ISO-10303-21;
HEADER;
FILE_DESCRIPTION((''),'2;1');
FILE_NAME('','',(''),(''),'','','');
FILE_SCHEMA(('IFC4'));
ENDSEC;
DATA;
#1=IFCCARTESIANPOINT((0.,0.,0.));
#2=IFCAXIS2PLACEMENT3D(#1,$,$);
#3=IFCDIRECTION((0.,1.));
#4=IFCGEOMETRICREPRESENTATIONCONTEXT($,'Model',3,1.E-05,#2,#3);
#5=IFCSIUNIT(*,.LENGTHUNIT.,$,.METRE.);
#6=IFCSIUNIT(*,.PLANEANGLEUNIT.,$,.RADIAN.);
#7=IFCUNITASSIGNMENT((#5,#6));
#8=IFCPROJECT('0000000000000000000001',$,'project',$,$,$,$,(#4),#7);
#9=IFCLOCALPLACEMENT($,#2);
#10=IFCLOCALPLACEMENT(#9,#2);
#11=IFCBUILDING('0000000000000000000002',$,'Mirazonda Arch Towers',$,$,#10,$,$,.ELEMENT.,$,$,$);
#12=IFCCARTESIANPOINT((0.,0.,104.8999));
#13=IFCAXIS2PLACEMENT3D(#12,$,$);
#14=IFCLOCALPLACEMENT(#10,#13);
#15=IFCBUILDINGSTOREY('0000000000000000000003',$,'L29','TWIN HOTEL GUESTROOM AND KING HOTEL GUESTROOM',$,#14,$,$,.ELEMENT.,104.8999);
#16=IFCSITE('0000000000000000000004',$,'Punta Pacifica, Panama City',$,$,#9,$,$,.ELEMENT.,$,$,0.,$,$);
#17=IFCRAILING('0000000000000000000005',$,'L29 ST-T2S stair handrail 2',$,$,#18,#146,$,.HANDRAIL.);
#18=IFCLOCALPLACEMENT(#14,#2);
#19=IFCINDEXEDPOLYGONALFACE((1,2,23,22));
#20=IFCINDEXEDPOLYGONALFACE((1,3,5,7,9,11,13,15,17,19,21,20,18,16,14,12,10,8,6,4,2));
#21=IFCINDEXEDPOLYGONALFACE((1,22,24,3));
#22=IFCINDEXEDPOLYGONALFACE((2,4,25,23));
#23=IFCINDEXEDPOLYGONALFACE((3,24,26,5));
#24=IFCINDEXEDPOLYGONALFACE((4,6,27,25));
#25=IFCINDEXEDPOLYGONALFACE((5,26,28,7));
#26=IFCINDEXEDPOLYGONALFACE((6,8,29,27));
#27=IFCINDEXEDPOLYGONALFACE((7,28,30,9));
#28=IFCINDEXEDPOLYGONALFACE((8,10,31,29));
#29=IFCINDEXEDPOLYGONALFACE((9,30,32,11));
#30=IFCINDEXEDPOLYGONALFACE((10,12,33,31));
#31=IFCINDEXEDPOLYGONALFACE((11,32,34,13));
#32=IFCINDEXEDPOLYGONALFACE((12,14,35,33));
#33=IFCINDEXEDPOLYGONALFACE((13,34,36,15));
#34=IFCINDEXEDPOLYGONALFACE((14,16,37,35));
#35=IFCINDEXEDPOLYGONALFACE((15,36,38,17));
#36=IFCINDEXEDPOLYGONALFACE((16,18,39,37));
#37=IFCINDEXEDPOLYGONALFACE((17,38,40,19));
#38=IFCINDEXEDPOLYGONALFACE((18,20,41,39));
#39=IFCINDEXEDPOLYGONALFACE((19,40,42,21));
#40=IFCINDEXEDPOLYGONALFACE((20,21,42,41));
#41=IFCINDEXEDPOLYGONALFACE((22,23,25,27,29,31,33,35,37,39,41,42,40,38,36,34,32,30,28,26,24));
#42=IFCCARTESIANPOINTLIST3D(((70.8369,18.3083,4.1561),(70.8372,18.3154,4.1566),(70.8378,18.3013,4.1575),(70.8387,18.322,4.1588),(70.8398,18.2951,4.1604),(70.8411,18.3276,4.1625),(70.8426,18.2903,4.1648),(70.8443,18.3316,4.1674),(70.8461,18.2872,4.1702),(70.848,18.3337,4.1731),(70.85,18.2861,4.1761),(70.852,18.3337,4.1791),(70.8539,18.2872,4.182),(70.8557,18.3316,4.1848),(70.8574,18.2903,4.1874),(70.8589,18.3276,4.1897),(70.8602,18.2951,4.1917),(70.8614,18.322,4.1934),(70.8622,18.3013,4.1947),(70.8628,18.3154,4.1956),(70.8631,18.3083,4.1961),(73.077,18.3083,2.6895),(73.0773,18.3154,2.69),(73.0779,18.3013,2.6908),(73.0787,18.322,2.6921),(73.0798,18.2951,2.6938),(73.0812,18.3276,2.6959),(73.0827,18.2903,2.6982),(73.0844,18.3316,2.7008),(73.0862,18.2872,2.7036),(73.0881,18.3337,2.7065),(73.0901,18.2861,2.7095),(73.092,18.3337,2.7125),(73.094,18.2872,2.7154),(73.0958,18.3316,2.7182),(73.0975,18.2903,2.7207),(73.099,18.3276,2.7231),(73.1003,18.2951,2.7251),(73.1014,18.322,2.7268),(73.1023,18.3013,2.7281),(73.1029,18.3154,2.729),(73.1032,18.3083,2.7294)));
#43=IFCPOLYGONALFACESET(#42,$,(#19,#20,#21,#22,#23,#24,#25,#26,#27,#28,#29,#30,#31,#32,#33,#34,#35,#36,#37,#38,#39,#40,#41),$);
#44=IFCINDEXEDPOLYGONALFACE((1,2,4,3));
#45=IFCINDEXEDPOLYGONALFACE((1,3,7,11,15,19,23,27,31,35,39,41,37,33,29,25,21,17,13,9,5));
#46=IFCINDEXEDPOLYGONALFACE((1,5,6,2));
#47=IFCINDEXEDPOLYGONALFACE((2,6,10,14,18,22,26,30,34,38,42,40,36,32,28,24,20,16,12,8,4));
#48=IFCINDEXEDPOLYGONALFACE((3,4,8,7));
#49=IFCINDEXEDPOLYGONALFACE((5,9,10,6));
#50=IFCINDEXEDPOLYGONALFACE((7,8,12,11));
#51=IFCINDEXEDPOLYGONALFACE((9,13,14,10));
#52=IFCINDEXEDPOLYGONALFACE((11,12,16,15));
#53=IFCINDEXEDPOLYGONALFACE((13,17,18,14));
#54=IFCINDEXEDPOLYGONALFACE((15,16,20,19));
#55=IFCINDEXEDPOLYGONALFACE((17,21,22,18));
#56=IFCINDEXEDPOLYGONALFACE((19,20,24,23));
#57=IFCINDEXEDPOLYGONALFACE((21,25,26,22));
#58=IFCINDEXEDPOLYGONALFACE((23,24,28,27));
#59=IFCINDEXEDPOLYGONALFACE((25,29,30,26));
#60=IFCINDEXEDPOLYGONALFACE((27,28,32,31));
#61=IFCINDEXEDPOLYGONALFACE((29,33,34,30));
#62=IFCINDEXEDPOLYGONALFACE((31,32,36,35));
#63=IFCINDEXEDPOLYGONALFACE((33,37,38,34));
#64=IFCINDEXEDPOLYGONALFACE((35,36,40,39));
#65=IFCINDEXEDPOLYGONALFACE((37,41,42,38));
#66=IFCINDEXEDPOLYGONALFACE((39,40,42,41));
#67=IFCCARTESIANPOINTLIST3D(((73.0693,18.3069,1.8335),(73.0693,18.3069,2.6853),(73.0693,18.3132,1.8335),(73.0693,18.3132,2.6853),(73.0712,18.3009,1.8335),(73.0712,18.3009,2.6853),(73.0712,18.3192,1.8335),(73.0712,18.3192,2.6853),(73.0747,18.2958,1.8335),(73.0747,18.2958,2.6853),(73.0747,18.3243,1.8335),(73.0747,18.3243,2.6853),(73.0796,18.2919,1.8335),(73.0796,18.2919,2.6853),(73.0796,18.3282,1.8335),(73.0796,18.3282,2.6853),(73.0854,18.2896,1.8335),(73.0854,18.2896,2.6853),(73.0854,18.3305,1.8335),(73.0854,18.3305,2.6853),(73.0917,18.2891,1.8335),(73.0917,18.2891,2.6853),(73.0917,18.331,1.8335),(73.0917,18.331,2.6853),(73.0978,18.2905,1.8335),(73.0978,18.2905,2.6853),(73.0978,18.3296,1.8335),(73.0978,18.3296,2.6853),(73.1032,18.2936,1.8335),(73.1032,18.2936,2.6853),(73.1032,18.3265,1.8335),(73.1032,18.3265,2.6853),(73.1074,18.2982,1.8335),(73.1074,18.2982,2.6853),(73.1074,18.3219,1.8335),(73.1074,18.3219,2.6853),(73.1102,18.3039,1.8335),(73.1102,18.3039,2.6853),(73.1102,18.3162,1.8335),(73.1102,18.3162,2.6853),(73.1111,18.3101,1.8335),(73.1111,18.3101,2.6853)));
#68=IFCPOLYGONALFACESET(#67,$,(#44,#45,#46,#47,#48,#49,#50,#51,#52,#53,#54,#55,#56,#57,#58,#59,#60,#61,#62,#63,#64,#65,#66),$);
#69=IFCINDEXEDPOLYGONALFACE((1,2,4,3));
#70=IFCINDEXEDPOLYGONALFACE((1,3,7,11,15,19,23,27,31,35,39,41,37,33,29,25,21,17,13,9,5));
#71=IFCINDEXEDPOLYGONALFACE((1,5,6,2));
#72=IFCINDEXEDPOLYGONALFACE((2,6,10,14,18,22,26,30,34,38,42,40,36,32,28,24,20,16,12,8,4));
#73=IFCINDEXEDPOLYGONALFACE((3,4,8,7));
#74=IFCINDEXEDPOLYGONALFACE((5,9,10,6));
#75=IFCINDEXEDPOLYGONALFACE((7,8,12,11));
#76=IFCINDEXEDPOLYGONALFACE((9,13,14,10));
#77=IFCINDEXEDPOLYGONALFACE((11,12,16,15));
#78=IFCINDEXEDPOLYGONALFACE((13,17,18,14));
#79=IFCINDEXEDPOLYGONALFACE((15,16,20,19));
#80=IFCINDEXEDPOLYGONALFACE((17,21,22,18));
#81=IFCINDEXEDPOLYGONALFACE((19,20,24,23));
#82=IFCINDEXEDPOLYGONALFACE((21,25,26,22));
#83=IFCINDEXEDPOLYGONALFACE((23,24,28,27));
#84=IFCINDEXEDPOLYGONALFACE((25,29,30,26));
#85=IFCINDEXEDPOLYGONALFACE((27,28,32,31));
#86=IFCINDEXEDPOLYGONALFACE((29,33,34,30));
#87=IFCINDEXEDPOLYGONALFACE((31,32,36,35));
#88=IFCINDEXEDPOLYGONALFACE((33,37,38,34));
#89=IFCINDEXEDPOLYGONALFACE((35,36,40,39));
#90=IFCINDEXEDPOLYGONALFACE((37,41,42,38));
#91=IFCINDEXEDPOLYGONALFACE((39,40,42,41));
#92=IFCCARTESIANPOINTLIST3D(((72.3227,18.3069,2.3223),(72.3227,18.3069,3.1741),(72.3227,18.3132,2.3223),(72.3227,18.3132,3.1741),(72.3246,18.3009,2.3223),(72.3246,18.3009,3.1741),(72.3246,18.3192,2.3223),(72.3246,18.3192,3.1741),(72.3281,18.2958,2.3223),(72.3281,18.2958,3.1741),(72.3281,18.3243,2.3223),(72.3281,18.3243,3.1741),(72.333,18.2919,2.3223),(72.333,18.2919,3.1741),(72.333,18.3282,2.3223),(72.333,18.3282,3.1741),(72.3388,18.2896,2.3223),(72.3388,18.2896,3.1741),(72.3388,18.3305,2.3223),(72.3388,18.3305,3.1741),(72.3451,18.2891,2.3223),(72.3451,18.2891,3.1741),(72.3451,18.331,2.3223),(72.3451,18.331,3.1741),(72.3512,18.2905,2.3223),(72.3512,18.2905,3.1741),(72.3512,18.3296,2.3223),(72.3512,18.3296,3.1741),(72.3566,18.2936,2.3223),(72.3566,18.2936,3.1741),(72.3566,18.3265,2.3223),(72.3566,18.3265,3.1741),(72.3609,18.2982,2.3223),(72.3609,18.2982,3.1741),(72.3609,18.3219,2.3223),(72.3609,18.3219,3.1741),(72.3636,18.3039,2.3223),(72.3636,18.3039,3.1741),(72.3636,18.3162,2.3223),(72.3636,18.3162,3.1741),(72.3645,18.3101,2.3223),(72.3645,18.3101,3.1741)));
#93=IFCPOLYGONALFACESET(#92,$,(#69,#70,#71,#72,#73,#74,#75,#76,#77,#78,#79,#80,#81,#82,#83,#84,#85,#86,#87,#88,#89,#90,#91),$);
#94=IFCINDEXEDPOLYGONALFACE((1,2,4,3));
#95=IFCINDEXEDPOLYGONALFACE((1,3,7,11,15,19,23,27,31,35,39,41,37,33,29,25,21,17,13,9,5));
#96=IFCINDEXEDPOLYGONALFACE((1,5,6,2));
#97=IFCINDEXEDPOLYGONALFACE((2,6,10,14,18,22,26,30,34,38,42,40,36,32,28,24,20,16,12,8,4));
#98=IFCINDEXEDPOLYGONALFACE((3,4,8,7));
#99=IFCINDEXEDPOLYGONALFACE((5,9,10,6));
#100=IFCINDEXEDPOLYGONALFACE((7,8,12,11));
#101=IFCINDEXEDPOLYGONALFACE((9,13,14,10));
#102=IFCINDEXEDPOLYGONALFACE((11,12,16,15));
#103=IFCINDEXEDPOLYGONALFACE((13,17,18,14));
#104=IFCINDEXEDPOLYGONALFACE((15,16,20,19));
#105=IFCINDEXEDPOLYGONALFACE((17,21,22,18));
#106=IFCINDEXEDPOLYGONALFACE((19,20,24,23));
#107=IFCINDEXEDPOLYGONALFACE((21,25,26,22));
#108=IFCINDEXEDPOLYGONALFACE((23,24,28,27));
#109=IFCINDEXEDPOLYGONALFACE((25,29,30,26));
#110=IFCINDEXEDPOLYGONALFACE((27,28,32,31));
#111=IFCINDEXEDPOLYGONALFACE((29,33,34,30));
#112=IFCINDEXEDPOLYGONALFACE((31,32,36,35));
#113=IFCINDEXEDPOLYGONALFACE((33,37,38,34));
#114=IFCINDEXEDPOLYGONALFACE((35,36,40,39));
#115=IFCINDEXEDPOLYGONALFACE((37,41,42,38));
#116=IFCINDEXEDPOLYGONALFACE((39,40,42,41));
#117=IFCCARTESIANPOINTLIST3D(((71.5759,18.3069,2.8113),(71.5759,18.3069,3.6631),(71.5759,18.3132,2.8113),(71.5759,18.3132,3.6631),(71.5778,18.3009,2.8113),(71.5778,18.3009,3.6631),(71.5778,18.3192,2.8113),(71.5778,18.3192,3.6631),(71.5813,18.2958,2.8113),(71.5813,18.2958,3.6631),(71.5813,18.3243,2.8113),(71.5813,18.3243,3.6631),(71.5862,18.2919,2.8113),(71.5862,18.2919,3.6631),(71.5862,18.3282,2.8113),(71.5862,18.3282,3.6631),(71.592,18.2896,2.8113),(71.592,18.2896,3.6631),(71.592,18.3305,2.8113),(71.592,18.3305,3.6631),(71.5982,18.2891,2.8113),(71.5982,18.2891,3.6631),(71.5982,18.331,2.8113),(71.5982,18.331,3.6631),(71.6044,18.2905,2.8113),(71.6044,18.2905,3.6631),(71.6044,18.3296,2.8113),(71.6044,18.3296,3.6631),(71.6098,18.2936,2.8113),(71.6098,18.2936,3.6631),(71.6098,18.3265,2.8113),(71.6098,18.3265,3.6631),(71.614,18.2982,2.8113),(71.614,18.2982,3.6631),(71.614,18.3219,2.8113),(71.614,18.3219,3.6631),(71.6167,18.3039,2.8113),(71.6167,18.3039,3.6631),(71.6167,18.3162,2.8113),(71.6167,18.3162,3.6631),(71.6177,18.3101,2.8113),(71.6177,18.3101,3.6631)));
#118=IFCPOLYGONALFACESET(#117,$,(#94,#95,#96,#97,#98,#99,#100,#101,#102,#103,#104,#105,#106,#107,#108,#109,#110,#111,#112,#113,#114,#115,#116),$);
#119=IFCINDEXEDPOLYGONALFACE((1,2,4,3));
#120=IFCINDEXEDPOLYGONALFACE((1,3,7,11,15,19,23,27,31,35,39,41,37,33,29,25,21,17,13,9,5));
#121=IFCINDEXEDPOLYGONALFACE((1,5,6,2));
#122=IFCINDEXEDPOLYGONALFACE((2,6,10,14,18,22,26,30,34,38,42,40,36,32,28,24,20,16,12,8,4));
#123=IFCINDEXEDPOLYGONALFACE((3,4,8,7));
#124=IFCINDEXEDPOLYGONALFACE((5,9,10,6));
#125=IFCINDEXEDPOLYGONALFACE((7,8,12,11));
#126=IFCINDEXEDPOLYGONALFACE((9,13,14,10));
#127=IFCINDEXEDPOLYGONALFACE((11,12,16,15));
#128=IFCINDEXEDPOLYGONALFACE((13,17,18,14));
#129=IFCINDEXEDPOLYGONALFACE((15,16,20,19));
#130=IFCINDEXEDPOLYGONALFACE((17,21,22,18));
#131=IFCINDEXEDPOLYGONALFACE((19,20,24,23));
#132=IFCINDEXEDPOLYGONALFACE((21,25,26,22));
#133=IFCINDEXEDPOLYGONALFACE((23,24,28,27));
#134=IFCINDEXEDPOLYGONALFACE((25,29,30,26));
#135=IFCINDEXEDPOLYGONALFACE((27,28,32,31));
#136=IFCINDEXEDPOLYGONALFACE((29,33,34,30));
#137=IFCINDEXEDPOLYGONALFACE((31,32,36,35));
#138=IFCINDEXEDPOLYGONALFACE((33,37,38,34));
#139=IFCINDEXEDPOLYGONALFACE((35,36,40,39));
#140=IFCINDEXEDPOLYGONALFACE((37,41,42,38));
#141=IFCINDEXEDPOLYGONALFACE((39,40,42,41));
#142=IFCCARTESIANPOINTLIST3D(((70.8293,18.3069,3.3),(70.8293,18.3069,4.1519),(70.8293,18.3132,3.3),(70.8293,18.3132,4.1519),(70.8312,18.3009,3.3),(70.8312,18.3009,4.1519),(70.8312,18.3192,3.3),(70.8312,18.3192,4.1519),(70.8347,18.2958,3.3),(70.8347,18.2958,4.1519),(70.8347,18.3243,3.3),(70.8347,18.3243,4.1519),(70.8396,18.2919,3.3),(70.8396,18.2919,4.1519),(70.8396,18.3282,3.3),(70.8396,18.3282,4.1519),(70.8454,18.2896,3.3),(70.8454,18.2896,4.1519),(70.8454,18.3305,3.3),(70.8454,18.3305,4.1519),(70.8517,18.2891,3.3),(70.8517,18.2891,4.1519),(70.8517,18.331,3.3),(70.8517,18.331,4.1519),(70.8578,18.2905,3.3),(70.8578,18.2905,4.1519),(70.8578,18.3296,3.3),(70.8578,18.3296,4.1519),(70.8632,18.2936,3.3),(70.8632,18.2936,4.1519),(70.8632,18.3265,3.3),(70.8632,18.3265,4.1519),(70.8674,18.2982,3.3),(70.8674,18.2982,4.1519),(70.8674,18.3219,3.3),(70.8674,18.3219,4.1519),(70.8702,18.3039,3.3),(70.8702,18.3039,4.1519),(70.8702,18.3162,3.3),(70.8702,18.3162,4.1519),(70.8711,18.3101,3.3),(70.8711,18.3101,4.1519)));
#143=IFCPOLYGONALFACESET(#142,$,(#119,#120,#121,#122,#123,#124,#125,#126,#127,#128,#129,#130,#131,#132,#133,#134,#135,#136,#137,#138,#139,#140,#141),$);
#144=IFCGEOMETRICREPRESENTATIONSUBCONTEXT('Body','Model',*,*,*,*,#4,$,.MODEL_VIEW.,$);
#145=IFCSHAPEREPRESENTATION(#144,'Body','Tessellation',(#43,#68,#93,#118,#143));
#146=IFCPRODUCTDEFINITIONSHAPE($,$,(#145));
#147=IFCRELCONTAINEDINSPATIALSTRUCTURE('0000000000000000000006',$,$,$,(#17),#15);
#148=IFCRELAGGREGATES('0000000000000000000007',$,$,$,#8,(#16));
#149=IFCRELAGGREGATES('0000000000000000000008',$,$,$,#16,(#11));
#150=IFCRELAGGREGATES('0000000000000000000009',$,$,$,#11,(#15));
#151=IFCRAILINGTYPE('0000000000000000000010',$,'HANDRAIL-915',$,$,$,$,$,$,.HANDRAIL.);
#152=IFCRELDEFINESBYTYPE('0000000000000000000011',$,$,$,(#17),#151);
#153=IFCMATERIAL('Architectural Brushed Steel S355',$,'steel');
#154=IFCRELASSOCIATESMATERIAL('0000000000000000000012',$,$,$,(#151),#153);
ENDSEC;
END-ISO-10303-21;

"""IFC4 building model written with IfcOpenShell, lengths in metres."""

from ifc_helpers import new_model, si_unit, direction, frame, origin, origin_2d, place, context, subcontext, project, spatial, circle, extrude, material, type_object, element, save


model = new_model("IFC4")

# Units and contexts
model_context = context("Model", 3, precision=1e-05, world=origin(), true_north=direction((0.0, 1.0)))
body_context = subcontext(model_context, "Body", "Model", "MODEL_VIEW")
ifc_project = project(units=[si_unit("LENGTHUNIT", "METRE"), si_unit("PLANEANGLEUNIT", "RADIAN")], contexts=[model_context])

# Site, building, storey
site_placement = place(None, origin())
site = spatial("IfcSite", under=ifc_project, at=site_placement, Name="Punta Pacifica, Panama City", CompositionType="ELEMENT", RefElevation=0.0)
building_placement = place(site_placement, origin())
building = spatial("IfcBuilding", under=site, at=building_placement, Name="Mirazonda Arch Towers", CompositionType="ELEMENT")
storey_placement = place(building_placement, frame((0.0, 0.0, 104.8999)))
storey = spatial("IfcBuildingStorey", under=building, at=storey_placement, Name="L29", Description="TWIN HOTEL GUESTROOM AND KING HOTEL GUESTROOM", CompositionType="ELEMENT", Elevation=104.8999)

# Railing
ifc_material_1 = material(Name="Architectural Brushed Steel S355", Category="steel")
railing_type_1 = type_object("IfcRailingType", Name="HANDRAIL-915", PredefinedType="HANDRAIL", material=ifc_material_1)
railing_1_placement = place(storey_placement, frame((73.0901, 18.3101, 1.8335)))
element("IfcRailing", 1, at=railing_1_placement, inside=storey, type_object=railing_type_1, Name="L29 ST-T2S stair handrail 2", PredefinedType="HANDRAIL", context=body_context, shape_type="SweptSolid", body=[
    extrude(circle(Radius=0.0239, at=origin_2d()), frame((0.0, 0.0, 0.876), z_axis=(-0.836637, 0.0, 0.547758), x_axis=(0.0, -1.0, 0.0)), (0.0, 0.0, 1.0), 2.6775),
    extrude(circle(Radius=0.021, at=origin_2d()), origin(), (0.0, 0.0, 1.0), 0.8518),
    extrude(circle(Radius=0.021, at=origin_2d()), frame((-0.7466, 0.0, 0.4888)), (0.0, 0.0, 1.0), 0.8518),
    extrude(circle(Radius=0.021, at=origin_2d()), frame((-1.4934, 0.0, 0.9778)), (0.0, 0.0, 1.0), 0.8518),
    extrude(circle(Radius=0.021, at=origin_2d()), frame((-2.24, 0.0, 1.4666)), (0.0, 0.0, 1.0), 0.8518),
])

save(model, "model.ifc")
